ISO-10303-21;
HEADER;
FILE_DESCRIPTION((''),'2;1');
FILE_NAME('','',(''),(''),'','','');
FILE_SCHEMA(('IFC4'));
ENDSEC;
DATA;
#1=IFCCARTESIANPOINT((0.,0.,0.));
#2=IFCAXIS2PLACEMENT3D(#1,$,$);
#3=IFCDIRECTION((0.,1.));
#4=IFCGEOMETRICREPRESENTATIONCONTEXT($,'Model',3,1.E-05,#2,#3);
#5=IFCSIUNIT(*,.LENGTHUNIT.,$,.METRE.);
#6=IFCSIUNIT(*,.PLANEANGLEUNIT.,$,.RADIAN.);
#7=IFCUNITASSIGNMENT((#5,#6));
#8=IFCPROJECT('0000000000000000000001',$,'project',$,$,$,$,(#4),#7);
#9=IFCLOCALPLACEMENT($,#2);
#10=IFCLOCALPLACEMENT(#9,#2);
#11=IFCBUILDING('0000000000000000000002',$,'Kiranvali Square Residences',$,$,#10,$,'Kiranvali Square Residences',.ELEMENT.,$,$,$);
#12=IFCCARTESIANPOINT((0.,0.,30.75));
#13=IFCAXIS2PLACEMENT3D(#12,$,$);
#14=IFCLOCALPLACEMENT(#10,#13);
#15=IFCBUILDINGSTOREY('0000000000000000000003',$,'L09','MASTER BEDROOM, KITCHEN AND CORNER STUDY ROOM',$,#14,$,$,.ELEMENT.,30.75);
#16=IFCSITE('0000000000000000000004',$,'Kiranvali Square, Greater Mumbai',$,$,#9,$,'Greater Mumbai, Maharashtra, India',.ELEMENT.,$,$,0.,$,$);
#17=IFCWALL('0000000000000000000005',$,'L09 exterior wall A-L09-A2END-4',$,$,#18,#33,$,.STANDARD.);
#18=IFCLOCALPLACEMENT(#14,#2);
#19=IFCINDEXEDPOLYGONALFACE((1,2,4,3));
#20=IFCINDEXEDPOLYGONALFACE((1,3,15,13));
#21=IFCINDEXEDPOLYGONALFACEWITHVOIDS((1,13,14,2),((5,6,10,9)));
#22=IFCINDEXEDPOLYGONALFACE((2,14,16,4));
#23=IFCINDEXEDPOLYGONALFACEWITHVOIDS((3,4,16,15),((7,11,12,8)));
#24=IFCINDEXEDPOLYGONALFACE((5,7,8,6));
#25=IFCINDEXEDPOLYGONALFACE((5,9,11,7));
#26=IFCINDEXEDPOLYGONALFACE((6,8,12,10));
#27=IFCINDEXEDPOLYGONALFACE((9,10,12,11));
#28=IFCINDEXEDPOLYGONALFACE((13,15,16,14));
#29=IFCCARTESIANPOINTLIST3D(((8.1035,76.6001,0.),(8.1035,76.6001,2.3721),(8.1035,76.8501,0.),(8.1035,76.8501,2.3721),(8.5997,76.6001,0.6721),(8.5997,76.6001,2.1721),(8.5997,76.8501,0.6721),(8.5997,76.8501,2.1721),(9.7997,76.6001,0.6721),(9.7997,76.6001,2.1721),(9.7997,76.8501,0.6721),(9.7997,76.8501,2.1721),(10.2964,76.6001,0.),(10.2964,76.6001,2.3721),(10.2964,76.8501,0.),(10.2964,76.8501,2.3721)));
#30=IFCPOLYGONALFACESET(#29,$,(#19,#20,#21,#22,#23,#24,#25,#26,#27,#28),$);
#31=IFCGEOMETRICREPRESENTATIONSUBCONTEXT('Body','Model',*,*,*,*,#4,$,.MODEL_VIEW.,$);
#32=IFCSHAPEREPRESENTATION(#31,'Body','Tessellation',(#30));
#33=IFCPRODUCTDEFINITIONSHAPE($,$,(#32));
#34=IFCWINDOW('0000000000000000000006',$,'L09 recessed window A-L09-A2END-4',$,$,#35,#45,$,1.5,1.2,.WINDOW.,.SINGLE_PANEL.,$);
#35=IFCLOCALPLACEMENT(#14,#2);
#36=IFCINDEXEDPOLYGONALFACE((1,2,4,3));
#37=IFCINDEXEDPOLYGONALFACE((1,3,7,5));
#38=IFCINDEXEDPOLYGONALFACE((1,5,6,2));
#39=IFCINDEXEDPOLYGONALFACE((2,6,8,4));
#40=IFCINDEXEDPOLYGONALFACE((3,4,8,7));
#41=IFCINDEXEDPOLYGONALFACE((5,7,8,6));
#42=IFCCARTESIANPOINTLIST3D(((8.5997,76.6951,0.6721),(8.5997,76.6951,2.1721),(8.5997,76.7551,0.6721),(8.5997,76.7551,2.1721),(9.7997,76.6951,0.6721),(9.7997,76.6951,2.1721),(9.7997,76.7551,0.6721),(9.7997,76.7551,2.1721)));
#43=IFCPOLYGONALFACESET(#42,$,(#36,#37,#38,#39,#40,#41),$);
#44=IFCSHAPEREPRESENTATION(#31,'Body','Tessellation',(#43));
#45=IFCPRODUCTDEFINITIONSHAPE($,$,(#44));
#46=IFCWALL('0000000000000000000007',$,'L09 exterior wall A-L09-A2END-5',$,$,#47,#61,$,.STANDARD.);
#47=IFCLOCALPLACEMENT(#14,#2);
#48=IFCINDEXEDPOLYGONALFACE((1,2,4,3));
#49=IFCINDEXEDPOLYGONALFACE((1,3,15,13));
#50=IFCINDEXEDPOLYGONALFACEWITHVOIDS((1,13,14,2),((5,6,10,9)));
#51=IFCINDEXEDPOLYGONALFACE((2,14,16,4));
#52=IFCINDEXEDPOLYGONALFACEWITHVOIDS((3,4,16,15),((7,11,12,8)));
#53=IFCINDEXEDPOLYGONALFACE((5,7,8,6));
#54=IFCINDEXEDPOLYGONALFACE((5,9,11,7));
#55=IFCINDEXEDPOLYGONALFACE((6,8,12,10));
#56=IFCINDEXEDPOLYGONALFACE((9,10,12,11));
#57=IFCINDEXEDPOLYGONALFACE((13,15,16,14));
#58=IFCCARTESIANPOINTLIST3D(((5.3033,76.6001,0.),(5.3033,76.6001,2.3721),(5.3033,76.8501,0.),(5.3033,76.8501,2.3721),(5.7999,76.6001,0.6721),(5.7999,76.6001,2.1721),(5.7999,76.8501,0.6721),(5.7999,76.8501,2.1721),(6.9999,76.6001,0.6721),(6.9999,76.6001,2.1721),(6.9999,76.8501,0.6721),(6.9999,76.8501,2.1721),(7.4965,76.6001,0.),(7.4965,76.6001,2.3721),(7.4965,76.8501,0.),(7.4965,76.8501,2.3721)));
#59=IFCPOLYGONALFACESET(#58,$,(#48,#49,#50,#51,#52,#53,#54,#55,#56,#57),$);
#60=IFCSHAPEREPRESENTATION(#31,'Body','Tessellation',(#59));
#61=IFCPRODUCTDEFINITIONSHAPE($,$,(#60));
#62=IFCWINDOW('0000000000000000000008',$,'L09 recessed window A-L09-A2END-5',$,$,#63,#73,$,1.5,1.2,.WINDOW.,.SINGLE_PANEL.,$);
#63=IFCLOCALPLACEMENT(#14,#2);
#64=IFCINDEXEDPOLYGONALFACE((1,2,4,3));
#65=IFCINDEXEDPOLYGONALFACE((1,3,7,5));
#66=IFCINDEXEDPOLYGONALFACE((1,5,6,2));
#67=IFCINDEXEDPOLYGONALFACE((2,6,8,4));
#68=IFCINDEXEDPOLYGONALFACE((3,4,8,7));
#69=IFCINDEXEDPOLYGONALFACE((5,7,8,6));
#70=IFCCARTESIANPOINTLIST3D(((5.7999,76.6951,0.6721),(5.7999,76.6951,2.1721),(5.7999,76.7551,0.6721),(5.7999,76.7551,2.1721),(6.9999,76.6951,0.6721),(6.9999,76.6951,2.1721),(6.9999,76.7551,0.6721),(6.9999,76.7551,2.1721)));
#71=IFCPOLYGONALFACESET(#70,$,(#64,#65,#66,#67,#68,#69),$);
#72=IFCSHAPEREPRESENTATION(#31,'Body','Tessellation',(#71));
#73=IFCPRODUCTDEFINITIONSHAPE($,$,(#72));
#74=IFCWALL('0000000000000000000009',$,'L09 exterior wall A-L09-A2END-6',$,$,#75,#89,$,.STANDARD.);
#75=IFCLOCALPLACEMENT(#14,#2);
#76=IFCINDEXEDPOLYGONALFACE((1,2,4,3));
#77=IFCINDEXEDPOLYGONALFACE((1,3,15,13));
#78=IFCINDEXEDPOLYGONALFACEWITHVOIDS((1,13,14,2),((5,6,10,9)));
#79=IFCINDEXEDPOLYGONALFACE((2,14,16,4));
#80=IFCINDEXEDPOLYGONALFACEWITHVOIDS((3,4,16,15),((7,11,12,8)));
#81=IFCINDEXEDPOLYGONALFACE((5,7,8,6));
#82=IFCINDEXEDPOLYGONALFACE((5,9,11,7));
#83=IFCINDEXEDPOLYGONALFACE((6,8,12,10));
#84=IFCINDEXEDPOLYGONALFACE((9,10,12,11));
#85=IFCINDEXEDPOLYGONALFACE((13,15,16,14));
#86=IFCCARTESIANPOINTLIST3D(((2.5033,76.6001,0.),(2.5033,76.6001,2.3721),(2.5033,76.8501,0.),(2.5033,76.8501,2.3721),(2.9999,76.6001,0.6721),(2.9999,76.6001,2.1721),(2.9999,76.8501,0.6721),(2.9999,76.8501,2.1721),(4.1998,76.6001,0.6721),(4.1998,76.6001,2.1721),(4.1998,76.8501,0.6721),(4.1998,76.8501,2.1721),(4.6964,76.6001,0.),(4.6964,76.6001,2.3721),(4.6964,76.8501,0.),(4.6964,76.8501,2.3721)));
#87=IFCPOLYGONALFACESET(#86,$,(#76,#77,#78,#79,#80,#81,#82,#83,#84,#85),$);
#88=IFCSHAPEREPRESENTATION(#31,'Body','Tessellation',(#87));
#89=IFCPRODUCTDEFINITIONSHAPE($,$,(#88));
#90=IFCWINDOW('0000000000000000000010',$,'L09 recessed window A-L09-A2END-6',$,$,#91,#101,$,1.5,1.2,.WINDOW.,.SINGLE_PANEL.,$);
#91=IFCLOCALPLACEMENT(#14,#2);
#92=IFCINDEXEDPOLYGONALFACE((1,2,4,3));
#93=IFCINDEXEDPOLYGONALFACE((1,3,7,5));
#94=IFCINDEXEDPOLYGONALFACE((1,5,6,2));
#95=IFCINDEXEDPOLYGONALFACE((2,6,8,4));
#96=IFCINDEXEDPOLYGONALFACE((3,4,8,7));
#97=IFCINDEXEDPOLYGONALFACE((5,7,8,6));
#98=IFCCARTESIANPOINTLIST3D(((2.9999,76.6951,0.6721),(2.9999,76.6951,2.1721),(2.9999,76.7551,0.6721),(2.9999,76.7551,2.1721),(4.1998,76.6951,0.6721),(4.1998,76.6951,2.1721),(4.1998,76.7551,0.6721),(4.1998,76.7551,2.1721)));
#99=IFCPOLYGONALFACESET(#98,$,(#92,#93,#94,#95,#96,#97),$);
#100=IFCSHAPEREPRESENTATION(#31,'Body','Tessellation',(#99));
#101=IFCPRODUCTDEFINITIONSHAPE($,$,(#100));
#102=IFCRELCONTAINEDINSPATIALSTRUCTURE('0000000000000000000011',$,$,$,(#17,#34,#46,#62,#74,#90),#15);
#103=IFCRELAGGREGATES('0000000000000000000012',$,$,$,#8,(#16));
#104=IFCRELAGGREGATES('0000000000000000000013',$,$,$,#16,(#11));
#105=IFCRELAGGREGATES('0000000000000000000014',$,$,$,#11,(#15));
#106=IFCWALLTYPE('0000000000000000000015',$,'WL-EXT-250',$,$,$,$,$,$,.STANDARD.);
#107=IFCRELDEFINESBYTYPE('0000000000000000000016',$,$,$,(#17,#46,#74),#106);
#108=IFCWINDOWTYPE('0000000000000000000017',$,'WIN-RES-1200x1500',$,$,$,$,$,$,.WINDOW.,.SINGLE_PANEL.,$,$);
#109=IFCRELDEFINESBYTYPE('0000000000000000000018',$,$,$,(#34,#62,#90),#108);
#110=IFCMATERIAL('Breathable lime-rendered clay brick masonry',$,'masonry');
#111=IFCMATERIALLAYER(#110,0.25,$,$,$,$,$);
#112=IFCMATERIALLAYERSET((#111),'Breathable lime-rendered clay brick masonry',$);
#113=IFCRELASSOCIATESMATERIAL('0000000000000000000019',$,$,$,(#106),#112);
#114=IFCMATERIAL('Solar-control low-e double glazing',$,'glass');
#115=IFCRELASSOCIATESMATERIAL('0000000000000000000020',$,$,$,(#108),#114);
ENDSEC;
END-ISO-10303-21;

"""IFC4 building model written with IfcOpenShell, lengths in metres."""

from ifc_helpers import new_model, si_unit, direction, frame, frame_2d, origin, place, context, subcontext, project, spatial, rectangle, extrude, material, layer, layer_set, type_object, element, fill, save


model = new_model("IFC4")

# Units and contexts
model_context = context("Model", 3, precision=1e-05, world=origin(), true_north=direction((0.0, 1.0)))
body_context = subcontext(model_context, "Body", "Model", "MODEL_VIEW")
ifc_project = project(units=[si_unit("LENGTHUNIT", "METRE"), si_unit("PLANEANGLEUNIT", "RADIAN")], contexts=[model_context])

# Site, building, storey
site_placement = place(None, origin())
site = spatial("IfcSite", under=ifc_project, at=site_placement, Name="Kiranvali Square, Greater Mumbai", LongName="Greater Mumbai, Maharashtra, India", CompositionType="ELEMENT", RefElevation=0.0)
building_placement = place(site_placement, origin())
building = spatial("IfcBuilding", under=site, at=building_placement, Name="Kiranvali Square Residences", LongName="Kiranvali Square Residences", CompositionType="ELEMENT")
storey_placement = place(building_placement, frame((0.0, 0.0, 30.75)))
storey = spatial("IfcBuildingStorey", under=building, at=storey_placement, Name="L09", Description="MASTER BEDROOM, KITCHEN AND CORNER STUDY ROOM", CompositionType="ELEMENT", Elevation=30.75)

# Walls, openings, windows
ifc_material_1 = material(Name="Breathable lime-rendered clay brick masonry", Category="masonry")
ifc_layer = layer(ifc_material_1, 0.25)
ifc_layer_set = layer_set([ifc_layer], Name="Breathable lime-rendered clay brick masonry")
wall_type = type_object("IfcWallType", Name="WL-EXT-250", PredefinedType="STANDARD", material=ifc_layer_set)
ifc_material_2 = material(Name="Solar-control low-e double glazing", Category="glass")
window_type = type_object("IfcWindowType", Name="WIN-RES-1200x1500", PartitioningType="SINGLE_PANEL", PredefinedType="WINDOW", material=ifc_material_2)
wall_1_placement = place(storey_placement, frame((10.2964, 76.7251, 0.0), z_axis=(0.0, 0.0, 1.0), x_axis=(-1.0, 0.0, 0.0)))
wall_1 = element("IfcWall", 1, at=wall_1_placement, inside=storey, type_object=wall_type, Name="L09 exterior wall A-L09-A2END-4", PredefinedType="STANDARD", context=body_context, shape_type="SweptSolid", body=[
    extrude(rectangle(XDim=2.1929, YDim=0.25, at=frame_2d((1.0964, 0.0))), origin(), (0.0, 0.0, 1.0), 2.3721),
])
opening_1_placement = place(wall_1_placement, frame((0.4966, 0.0, 0.6721)))
opening_1 = element("IfcOpeningElement", 2, at=opening_1_placement, cuts=wall_1, PredefinedType="OPENING", context=body_context, shape_type="SweptSolid", body=[
    extrude(rectangle(XDim=1.2, YDim=1.5, at=frame_2d((0.6001, 0.75))), frame((0.0, 0.135, 0.0), z_axis=(0.0, -1.0, 0.0), x_axis=(1.0, 0.0, 0.0)), (0.0, 0.0, 1.0), 0.27),
])
window_1_placement = place(opening_1_placement, origin())
window_1 = element("IfcWindow", 3, at=window_1_placement, inside=storey, type_object=window_type, Name="L09 recessed window A-L09-A2END-4", OverallHeight=1.5, OverallWidth=1.2, PartitioningType="SINGLE_PANEL", PredefinedType="WINDOW", context=body_context, shape_type="SweptSolid", body=[
    extrude(rectangle(XDim=1.2, YDim=1.5, at=frame_2d((0.6001, 0.75))), frame((0.0, 0.03, 0.0), z_axis=(0.0, -1.0, 0.0), x_axis=(1.0, 0.0, 0.0)), (0.0, 0.0, 1.0), 0.0601),
])
fill(opening_1, window_1)
wall_2_placement = place(storey_placement, frame((7.4966, 76.7251, 0.0), z_axis=(0.0, 0.0, 1.0), x_axis=(-1.0, 0.0, 0.0)))
wall_2 = element("IfcWall", 4, at=wall_2_placement, inside=storey, type_object=wall_type, Name="L09 exterior wall A-L09-A2END-5", PredefinedType="STANDARD", context=body_context, shape_type="SweptSolid", body=[
    extrude(rectangle(XDim=2.1931, YDim=0.25, at=frame_2d((1.0967, 0.0))), origin(), (0.0, 0.0, 1.0), 2.3721),
])
opening_2_placement = place(wall_2_placement, frame((0.4966, 0.0, 0.6721)))
opening_2 = element("IfcOpeningElement", 5, at=opening_2_placement, cuts=wall_2, PredefinedType="OPENING", context=body_context, shape_type="SweptSolid", body=[
    extrude(rectangle(XDim=1.2, YDim=1.5, at=frame_2d((0.6001, 0.75))), frame((0.0, 0.135, 0.0), z_axis=(0.0, -1.0, 0.0), x_axis=(1.0, 0.0, 0.0)), (0.0, 0.0, 1.0), 0.27),
])
window_2_placement = place(opening_2_placement, origin())
window_2 = element("IfcWindow", 6, at=window_2_placement, inside=storey, type_object=window_type, Name="L09 recessed window A-L09-A2END-5", OverallHeight=1.5, OverallWidth=1.2, PartitioningType="SINGLE_PANEL", PredefinedType="WINDOW", context=body_context, shape_type="SweptSolid", body=[
    extrude(rectangle(XDim=1.2, YDim=1.5, at=frame_2d((0.6001, 0.75))), frame((0.0, 0.03, 0.0), z_axis=(0.0, -1.0, 0.0), x_axis=(1.0, 0.0, 0.0)), (0.0, 0.0, 1.0), 0.0601),
])
fill(opening_2, window_2)
wall_3_placement = place(storey_placement, frame((4.6965, 76.7251, 0.0), z_axis=(0.0, 0.0, 1.0), x_axis=(-1.0, 0.0, 0.0)))
wall_3 = element("IfcWall", 7, at=wall_3_placement, inside=storey, type_object=wall_type, Name="L09 exterior wall A-L09-A2END-6", PredefinedType="STANDARD", context=body_context, shape_type="SweptSolid", body=[
    extrude(rectangle(XDim=2.1931, YDim=0.25, at=frame_2d((1.0967, 0.0))), origin(), (0.0, 0.0, 1.0), 2.3721),
])
opening_3_placement = place(wall_3_placement, frame((0.4966, 0.0, 0.6721)))
opening_3 = element("IfcOpeningElement", 8, at=opening_3_placement, cuts=wall_3, PredefinedType="OPENING", context=body_context, shape_type="SweptSolid", body=[
    extrude(rectangle(XDim=1.2, YDim=1.5, at=frame_2d((0.6001, 0.75))), frame((0.0, 0.135, 0.0), z_axis=(0.0, -1.0, 0.0), x_axis=(1.0, 0.0, 0.0)), (0.0, 0.0, 1.0), 0.27),
])
window_3_placement = place(opening_3_placement, origin())
window_3 = element("IfcWindow", 9, at=window_3_placement, inside=storey, type_object=window_type, Name="L09 recessed window A-L09-A2END-6", OverallHeight=1.5, OverallWidth=1.2, PartitioningType="SINGLE_PANEL", PredefinedType="WINDOW", context=body_context, shape_type="SweptSolid", body=[
    extrude(rectangle(XDim=1.2, YDim=1.5, at=frame_2d((0.6001, 0.75))), frame((0.0, 0.03, 0.0), z_axis=(0.0, -1.0, 0.0), x_axis=(1.0, 0.0, 0.0)), (0.0, 0.0, 1.0), 0.0601),
])
fill(opening_3, window_3)

save(model, "model.ifc")
